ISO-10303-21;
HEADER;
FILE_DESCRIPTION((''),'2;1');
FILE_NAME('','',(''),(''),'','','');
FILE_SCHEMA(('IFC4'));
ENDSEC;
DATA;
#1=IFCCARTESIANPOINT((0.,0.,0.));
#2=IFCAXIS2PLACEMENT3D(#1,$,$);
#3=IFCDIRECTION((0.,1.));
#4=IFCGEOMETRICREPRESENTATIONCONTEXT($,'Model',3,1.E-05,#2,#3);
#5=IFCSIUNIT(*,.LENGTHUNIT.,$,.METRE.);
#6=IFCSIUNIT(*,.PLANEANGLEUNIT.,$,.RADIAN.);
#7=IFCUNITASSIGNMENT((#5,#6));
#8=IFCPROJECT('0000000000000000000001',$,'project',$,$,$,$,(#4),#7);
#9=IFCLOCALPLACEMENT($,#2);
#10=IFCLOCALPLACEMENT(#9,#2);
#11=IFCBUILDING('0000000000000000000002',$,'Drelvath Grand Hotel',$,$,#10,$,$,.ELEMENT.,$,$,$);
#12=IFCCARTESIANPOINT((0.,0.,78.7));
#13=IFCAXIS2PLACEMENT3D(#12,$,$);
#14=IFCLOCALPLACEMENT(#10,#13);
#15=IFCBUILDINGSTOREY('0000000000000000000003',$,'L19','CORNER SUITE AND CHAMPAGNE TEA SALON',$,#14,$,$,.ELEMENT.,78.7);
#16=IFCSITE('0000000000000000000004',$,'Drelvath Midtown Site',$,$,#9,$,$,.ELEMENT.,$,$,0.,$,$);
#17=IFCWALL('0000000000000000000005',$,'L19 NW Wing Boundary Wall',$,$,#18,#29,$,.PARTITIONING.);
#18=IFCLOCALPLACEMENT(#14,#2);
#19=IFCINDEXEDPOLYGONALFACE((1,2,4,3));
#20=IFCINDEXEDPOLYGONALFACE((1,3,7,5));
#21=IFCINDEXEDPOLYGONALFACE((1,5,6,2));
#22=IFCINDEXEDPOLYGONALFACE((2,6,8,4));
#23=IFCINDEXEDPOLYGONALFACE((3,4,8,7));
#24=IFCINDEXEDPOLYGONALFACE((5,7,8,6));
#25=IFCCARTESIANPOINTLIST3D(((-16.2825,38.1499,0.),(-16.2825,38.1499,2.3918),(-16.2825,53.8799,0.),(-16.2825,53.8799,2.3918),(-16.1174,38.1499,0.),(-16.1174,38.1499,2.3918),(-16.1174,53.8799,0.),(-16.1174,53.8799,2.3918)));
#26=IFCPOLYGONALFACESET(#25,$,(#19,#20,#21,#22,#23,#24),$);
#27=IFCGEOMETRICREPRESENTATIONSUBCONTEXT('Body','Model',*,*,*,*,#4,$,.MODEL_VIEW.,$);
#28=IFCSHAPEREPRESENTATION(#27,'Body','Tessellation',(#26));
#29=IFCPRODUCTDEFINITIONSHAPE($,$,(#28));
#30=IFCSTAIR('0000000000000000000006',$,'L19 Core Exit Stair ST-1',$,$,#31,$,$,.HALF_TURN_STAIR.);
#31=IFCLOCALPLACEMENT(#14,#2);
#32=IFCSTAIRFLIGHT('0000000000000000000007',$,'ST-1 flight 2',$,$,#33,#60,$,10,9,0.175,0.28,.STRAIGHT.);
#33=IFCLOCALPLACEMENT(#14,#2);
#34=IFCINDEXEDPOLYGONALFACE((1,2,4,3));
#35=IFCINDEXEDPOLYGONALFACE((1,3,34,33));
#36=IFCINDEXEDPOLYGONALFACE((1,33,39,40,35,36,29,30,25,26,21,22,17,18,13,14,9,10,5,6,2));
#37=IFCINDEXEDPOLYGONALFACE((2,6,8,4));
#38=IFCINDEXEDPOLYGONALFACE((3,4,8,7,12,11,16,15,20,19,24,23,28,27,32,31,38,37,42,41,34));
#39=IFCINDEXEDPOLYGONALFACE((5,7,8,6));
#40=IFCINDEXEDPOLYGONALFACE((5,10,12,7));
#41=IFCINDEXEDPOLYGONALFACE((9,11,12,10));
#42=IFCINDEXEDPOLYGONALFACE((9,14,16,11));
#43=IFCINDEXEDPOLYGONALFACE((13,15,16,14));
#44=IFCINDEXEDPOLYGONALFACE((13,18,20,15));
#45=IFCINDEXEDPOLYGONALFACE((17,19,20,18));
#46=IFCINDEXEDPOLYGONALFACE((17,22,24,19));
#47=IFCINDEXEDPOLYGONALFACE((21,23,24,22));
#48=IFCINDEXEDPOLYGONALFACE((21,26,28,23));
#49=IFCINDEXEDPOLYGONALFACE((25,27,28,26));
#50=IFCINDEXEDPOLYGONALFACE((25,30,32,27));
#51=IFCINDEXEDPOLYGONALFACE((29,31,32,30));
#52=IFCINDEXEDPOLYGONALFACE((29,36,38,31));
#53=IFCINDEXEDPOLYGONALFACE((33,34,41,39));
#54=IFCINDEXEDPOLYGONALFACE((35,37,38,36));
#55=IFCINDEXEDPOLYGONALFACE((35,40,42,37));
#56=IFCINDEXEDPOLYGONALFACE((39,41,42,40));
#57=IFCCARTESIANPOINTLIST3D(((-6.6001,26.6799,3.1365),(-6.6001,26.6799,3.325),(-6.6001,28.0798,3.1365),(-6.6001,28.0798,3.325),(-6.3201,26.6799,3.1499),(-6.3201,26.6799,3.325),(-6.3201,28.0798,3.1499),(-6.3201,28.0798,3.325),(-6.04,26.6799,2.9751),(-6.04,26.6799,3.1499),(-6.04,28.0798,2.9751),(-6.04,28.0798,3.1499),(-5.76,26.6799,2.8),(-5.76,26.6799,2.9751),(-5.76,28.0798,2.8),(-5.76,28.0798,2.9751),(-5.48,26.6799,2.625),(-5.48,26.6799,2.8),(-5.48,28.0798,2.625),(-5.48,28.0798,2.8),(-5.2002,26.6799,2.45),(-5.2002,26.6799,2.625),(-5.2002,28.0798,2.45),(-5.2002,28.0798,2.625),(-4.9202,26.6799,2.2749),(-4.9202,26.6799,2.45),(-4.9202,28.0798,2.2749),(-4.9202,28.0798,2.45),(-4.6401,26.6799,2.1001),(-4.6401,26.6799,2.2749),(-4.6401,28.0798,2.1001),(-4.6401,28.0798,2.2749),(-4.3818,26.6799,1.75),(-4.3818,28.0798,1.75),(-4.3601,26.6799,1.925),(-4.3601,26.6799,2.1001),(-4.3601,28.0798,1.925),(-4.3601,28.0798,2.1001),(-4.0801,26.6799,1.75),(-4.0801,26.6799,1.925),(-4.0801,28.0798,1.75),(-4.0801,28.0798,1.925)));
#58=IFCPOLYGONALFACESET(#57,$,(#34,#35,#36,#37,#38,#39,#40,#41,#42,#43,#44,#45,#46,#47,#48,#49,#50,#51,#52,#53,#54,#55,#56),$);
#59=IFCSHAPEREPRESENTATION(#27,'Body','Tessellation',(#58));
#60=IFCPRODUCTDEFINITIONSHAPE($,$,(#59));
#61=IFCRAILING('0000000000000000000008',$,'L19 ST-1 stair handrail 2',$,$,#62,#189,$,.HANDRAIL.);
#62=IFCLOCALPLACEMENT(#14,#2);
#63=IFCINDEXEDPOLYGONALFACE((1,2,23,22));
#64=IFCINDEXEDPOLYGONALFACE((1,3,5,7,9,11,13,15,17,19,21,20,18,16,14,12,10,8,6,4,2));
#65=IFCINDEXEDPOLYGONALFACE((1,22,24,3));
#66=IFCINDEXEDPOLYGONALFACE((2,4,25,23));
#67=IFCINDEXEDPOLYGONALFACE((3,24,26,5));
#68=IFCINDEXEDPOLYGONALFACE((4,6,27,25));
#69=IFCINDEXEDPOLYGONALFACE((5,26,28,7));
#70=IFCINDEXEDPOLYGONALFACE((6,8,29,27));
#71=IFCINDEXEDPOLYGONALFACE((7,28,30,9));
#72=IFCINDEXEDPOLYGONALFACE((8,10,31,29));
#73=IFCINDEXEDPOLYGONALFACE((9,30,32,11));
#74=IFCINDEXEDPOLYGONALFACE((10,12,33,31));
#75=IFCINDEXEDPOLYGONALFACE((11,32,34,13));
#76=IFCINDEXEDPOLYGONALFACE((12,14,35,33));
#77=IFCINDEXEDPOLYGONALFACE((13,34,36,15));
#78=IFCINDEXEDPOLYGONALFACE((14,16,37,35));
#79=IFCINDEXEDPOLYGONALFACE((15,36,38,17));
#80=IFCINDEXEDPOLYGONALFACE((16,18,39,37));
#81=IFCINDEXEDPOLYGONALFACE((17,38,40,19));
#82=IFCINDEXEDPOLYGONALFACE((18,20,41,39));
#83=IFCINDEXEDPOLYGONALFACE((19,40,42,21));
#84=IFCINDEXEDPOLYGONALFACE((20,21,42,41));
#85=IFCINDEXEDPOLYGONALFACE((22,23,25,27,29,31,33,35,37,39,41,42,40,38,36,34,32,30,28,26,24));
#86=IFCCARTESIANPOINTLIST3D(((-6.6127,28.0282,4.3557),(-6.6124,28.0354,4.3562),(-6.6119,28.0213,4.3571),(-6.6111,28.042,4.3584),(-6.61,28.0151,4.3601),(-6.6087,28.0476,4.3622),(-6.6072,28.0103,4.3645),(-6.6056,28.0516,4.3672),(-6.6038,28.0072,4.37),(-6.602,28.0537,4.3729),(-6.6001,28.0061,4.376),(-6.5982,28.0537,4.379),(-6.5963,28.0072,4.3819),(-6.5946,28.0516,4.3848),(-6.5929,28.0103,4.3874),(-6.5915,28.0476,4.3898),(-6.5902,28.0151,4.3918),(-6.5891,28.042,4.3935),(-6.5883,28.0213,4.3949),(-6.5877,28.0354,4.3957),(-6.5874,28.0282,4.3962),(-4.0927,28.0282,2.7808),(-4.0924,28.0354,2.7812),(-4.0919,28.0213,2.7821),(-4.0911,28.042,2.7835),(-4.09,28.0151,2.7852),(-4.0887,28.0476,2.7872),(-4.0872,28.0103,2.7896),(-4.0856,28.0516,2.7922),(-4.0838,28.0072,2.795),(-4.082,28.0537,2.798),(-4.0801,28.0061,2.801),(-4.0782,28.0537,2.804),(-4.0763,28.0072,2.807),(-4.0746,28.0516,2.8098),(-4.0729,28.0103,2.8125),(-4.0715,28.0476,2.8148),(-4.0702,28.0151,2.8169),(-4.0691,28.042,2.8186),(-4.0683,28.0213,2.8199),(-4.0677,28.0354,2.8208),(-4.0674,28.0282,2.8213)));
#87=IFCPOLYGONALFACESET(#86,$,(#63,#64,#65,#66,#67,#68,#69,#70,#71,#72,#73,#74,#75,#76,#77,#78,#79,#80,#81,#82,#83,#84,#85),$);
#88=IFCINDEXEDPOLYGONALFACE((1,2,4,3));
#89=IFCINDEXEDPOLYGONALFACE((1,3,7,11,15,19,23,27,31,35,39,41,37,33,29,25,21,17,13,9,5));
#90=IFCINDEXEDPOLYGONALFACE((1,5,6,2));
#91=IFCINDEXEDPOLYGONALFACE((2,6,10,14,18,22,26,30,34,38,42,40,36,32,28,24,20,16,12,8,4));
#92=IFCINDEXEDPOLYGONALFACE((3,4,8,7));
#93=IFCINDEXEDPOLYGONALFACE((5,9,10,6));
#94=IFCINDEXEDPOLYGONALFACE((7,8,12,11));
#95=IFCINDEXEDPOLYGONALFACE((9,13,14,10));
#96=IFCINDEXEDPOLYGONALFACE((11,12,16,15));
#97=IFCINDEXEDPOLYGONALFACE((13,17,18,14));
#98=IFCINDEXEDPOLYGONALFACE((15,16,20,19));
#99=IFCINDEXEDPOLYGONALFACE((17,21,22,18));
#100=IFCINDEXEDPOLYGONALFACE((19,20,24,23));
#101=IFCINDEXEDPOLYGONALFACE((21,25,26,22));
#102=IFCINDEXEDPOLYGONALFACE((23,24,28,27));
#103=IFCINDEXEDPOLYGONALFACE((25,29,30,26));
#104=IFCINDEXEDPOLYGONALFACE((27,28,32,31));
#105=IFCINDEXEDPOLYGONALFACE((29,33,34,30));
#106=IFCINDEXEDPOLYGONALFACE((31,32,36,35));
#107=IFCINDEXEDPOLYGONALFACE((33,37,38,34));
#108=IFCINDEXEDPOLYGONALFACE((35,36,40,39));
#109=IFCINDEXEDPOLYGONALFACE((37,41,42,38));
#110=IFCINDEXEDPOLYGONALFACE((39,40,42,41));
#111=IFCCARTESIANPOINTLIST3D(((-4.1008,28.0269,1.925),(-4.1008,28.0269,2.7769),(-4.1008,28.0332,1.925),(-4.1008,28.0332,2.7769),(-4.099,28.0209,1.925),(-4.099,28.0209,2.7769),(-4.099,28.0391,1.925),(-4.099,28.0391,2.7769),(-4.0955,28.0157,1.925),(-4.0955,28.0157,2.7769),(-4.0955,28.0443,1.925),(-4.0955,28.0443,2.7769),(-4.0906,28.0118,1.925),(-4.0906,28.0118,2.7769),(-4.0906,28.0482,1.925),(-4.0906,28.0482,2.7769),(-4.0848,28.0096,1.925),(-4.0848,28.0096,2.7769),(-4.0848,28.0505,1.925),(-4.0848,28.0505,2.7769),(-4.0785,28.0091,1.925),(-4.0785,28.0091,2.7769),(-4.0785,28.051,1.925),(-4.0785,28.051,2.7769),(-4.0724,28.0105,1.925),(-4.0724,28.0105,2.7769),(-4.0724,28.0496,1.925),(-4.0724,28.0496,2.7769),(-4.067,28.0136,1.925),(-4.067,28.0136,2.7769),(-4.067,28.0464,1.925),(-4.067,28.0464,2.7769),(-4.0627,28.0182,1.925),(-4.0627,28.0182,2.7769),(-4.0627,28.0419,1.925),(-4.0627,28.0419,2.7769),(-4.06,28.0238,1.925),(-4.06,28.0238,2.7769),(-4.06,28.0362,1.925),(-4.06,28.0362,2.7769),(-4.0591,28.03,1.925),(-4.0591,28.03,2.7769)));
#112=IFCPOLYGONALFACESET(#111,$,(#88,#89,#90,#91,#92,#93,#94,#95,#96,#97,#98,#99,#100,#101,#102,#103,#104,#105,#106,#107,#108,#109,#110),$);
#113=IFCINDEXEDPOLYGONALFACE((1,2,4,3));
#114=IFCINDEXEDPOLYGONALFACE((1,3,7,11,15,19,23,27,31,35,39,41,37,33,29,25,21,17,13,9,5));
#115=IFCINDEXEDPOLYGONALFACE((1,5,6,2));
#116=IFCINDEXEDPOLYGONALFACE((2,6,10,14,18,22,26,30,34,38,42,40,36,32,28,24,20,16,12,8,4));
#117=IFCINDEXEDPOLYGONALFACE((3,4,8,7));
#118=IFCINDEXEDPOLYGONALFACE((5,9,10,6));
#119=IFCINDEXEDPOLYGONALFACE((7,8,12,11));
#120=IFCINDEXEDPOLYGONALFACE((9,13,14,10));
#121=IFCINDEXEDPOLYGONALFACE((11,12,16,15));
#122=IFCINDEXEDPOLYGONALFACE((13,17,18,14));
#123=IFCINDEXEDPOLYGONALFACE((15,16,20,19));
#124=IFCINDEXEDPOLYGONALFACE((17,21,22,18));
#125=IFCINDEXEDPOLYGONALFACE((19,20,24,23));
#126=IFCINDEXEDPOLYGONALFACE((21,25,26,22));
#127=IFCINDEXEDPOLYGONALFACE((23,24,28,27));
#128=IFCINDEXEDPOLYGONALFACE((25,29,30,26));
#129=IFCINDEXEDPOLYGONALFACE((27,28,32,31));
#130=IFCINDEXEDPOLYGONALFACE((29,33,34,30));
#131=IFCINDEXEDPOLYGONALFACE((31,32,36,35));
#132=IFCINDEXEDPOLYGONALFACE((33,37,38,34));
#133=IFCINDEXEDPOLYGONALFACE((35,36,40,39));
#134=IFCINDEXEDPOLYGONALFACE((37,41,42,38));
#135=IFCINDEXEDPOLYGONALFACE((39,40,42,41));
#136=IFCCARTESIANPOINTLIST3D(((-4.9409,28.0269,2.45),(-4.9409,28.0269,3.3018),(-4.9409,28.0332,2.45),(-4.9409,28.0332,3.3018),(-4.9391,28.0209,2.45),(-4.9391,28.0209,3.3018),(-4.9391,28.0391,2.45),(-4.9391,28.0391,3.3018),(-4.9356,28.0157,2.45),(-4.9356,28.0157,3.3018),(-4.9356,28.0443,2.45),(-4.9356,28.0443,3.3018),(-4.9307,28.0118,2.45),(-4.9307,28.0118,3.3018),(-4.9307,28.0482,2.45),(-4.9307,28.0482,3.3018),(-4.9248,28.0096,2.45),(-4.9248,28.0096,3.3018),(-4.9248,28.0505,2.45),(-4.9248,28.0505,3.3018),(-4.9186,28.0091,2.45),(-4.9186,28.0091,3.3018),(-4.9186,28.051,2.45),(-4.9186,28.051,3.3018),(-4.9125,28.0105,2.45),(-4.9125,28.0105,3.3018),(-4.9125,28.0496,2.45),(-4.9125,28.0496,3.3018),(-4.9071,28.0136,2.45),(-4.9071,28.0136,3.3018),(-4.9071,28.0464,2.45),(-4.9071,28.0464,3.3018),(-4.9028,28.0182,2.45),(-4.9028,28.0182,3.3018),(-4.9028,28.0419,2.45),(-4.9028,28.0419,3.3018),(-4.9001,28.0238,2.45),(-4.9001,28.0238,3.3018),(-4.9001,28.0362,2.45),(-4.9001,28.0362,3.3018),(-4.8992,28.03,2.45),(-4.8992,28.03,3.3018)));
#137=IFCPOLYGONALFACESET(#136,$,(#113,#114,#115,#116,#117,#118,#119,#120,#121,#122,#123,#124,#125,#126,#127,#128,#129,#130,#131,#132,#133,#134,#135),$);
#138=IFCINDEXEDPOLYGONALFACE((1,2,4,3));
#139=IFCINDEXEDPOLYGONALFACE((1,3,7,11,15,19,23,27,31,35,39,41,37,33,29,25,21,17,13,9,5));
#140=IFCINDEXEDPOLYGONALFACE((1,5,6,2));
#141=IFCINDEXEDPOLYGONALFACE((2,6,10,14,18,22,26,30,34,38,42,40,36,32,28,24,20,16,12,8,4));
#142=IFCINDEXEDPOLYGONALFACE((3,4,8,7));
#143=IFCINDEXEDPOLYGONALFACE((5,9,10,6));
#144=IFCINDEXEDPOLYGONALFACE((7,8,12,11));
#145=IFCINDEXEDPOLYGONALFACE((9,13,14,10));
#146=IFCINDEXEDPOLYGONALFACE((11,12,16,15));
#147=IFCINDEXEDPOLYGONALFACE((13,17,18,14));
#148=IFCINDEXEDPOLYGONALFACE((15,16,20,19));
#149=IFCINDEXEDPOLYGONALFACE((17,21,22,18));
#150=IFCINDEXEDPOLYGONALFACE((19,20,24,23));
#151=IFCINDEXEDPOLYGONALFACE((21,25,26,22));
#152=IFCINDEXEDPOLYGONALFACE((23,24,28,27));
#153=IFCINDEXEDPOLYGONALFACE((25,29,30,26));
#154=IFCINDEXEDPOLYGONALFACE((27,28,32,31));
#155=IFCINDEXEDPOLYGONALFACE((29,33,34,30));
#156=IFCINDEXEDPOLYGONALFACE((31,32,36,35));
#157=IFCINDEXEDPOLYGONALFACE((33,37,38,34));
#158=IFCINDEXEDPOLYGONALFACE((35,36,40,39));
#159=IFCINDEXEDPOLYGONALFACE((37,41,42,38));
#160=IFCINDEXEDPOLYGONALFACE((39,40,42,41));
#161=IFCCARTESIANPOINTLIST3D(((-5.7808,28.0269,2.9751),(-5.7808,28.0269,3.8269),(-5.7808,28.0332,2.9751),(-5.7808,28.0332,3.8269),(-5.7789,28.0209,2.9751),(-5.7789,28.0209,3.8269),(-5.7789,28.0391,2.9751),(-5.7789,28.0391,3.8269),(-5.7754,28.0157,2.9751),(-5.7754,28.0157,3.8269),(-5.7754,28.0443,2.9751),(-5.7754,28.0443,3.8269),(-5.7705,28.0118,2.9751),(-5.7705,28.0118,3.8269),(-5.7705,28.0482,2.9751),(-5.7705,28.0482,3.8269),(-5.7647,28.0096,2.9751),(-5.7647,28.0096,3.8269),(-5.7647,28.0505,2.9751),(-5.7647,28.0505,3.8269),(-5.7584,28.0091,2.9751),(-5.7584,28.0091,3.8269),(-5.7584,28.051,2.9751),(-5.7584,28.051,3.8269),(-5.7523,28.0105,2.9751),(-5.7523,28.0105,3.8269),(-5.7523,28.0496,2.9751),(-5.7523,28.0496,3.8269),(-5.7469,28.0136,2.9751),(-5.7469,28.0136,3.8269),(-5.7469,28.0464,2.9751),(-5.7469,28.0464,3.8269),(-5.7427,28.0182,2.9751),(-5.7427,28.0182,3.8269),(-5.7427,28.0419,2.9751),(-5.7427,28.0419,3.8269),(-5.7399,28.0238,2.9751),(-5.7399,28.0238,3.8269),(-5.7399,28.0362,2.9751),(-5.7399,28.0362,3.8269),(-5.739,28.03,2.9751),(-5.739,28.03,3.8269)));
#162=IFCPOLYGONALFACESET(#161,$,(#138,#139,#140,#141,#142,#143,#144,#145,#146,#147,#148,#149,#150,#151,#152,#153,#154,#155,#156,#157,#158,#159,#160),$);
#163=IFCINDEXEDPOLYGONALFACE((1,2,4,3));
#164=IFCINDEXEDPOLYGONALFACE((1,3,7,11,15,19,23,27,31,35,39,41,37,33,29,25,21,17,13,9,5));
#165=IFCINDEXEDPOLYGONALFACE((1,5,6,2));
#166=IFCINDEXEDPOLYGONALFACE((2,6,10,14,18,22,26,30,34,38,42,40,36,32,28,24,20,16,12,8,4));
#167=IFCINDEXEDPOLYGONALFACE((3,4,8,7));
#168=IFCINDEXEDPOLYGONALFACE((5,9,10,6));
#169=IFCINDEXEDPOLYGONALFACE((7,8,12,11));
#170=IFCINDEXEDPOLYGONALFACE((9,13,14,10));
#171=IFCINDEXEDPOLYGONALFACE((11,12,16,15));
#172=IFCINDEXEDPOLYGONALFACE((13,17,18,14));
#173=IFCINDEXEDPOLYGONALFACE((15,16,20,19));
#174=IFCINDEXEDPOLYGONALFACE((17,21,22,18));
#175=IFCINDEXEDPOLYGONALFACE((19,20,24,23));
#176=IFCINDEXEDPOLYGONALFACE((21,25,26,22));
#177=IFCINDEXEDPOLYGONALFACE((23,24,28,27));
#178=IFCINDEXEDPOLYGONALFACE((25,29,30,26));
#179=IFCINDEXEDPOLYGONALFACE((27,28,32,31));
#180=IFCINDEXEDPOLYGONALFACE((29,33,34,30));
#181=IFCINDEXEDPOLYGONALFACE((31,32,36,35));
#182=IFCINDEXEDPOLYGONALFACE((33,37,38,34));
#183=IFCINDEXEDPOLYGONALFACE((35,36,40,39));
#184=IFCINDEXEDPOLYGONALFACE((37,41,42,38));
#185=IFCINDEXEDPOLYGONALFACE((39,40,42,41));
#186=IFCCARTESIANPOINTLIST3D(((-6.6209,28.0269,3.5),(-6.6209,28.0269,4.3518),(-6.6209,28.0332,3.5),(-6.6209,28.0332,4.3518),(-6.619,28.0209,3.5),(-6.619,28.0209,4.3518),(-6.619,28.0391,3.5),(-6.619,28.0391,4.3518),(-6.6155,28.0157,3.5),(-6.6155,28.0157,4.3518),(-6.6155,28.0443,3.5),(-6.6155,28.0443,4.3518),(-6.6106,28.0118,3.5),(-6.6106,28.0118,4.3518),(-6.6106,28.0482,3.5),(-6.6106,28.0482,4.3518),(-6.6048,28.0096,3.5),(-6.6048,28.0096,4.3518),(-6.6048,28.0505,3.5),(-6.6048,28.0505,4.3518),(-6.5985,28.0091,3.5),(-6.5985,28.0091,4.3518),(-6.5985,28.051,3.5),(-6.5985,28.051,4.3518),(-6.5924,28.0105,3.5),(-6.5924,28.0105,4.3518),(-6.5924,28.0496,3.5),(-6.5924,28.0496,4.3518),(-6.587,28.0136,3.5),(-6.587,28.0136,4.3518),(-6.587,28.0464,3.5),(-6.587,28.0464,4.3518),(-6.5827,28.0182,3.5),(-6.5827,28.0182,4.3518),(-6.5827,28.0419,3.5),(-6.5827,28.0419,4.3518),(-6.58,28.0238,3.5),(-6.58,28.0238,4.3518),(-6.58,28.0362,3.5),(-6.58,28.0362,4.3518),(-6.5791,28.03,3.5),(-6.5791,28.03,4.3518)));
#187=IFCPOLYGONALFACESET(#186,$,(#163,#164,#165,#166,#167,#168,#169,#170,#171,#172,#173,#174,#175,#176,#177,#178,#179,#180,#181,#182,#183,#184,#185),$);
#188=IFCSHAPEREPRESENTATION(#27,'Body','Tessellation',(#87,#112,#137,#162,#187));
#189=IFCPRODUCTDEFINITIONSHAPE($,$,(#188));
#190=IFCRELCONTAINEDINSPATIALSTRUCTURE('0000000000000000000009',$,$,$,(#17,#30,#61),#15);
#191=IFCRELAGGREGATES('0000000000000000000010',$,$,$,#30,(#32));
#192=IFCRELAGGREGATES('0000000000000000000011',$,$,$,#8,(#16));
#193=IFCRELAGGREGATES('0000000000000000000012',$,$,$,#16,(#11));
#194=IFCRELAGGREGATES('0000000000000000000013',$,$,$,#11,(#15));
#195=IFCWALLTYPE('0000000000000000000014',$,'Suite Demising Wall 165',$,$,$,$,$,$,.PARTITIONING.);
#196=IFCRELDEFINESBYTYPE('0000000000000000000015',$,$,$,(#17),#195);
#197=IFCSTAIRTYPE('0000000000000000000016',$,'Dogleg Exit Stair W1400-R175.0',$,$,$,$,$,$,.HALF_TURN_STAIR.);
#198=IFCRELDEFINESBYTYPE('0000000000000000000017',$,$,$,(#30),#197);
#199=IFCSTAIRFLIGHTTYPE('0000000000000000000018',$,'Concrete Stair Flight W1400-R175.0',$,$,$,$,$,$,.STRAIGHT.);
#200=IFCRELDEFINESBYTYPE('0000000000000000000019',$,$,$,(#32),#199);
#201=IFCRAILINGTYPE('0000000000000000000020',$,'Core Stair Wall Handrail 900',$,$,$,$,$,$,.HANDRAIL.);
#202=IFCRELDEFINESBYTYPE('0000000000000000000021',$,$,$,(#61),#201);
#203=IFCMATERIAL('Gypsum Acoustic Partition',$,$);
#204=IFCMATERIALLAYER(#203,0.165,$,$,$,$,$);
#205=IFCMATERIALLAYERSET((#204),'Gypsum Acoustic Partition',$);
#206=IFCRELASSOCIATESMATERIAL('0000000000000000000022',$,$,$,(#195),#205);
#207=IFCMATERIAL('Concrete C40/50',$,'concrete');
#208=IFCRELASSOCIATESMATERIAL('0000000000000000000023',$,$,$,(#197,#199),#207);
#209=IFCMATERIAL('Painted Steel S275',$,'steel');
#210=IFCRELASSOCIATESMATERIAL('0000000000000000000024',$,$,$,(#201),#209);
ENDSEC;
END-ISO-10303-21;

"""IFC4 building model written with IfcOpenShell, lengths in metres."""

from ifc_helpers import new_model, si_unit, direction, frame, frame_2d, origin, origin_2d, place, context, subcontext, project, spatial, polyline, rectangle, circle, outline, extrude, material, layer, layer_set, type_object, element, aggregate, save


model = new_model("IFC4")

# Units and contexts
model_context = context("Model", 3, precision=1e-05, world=origin(), true_north=direction((0.0, 1.0)))
body_context = subcontext(model_context, "Body", "Model", "MODEL_VIEW")
ifc_project = project(units=[si_unit("LENGTHUNIT", "METRE"), si_unit("PLANEANGLEUNIT", "RADIAN")], contexts=[model_context])

# Site, building, storey
site_placement = place(None, origin())
site = spatial("IfcSite", under=ifc_project, at=site_placement, Name="Drelvath Midtown Site", CompositionType="ELEMENT", RefElevation=0.0)
building_placement = place(site_placement, origin())
building = spatial("IfcBuilding", under=site, at=building_placement, Name="Drelvath Grand Hotel", CompositionType="ELEMENT")
storey_placement = place(building_placement, frame((0.0, 0.0, 78.7)))
storey = spatial("IfcBuildingStorey", under=building, at=storey_placement, Name="L19", Description="CORNER SUITE AND CHAMPAGNE TEA SALON", CompositionType="ELEMENT", Elevation=78.7)

# Shared definitions
ifc_material_1 = material(Name="Concrete C40/50", Category="concrete")

# Shared definitions
ifc_material_2 = material(Name="Painted Steel S275", Category="steel")

# Wall
ifc_material_3 = material(Name="Gypsum Acoustic Partition")
ifc_layer_1 = layer(ifc_material_3, 0.165)
ifc_layer_set_1 = layer_set([ifc_layer_1], Name="Gypsum Acoustic Partition")
wall_type_1 = type_object("IfcWallType", Name="Suite Demising Wall 165", PredefinedType="PARTITIONING", material=ifc_layer_set_1)
wall_1_placement = place(storey_placement, frame((-16.2, 38.1499, 0.0), z_axis=(0.0, 0.0, 1.0), x_axis=(0.0, 1.0, 0.0)))
element("IfcWall", 1, at=wall_1_placement, inside=storey, type_object=wall_type_1, Name="L19 NW Wing Boundary Wall", PredefinedType="PARTITIONING", context=body_context, shape_type="SweptSolid", body=[
    extrude(rectangle(XDim=15.73, YDim=0.165, at=frame_2d((7.865, 0.0))), origin(), (0.0, 0.0, 1.0), 2.3918),
])

# Stair, stair flight
stair_type = type_object("IfcStairType", Name="Dogleg Exit Stair W1400-R175.0", PredefinedType="HALF_TURN_STAIR", material=ifc_material_1)
stair_placement = place(storey_placement, origin())
stair = element("IfcStair", 2, at=stair_placement, inside=storey, type_object=stair_type, Name="L19 Core Exit Stair ST-1", PredefinedType="HALF_TURN_STAIR")
stair_flight_type = type_object("IfcStairFlightType", Name="Concrete Stair Flight W1400-R175.0", PredefinedType="STRAIGHT", material=ifc_material_1)
stair_flight_placement = place(storey_placement, frame((-4.0801, 27.3799, 1.75), z_axis=(0.0, 0.0, 1.0), x_axis=(-1.0, 0.0, 0.0)))
stair_flight = element("IfcStairFlight", 3, at=stair_flight_placement, type_object=stair_flight_type, Name="ST-1 flight 2", NumberOfRisers=10, NumberOfTreads=9, PredefinedType="STRAIGHT", RiserHeight=0.175, TreadLength=0.28, context=body_context, shape_type="SweptSolid", body=[
    extrude(outline(polyline([(0.0, 0.0), (0.0, 0.175), (0.28, 0.175), (0.28, 0.3501), (0.5601, 0.3501), (0.5601, 0.5249), (0.8401, 0.5249), (0.8401, 0.7), (1.1201, 0.7), (1.1201, 0.875), (1.3999, 0.875), (1.3999, 1.05), (1.6799, 1.05), (1.6799, 1.2251), (1.96, 1.2251), (1.96, 1.3999), (2.24, 1.3999), (2.24, 1.575), (2.52, 1.575), (2.52, 1.75), (2.52, 1.3865), (0.3018, 0.0), (0.0, 0.0)])), frame((0.0, 0.7, 0.0), z_axis=(0.0, -1.0, 0.0), x_axis=(1.0, 0.0, 0.0)), (0.0, 0.0, 1.0), 1.3999),
])
aggregate(stair, [stair_flight])

# Railing
railing_type = type_object("IfcRailingType", Name="Core Stair Wall Handrail 900", PredefinedType="HANDRAIL", material=ifc_material_2)
railing_placement = place(storey_placement, frame((-4.0801, 28.03, 1.925)))
element("IfcRailing", 4, at=railing_placement, inside=storey, type_object=railing_type, Name="L19 ST-1 stair handrail 2", PredefinedType="HANDRAIL", context=body_context, shape_type="SweptSolid", body=[
    extrude(circle(Radius=0.0239, at=origin_2d()), frame((0.0, 0.0, 0.876), z_axis=(-0.848008, 0.0, 0.529984), x_axis=(0.0, -1.0, 0.0)), (0.0, 0.0, 1.0), 2.9717),
    extrude(circle(Radius=0.021, at=origin_2d()), origin(), (0.0, 0.0, 1.0), 0.8518),
    extrude(circle(Radius=0.021, at=origin_2d()), frame((-0.8401, 0.0, 0.5249)), (0.0, 0.0, 1.0), 0.8518),
    extrude(circle(Radius=0.021, at=origin_2d()), frame((-1.6799, 0.0, 1.05)), (0.0, 0.0, 1.0), 0.8518),
    extrude(circle(Radius=0.021, at=origin_2d()), frame((-2.52, 0.0, 1.575)), (0.0, 0.0, 1.0), 0.8518),
])

save(model, "model.ifc")
